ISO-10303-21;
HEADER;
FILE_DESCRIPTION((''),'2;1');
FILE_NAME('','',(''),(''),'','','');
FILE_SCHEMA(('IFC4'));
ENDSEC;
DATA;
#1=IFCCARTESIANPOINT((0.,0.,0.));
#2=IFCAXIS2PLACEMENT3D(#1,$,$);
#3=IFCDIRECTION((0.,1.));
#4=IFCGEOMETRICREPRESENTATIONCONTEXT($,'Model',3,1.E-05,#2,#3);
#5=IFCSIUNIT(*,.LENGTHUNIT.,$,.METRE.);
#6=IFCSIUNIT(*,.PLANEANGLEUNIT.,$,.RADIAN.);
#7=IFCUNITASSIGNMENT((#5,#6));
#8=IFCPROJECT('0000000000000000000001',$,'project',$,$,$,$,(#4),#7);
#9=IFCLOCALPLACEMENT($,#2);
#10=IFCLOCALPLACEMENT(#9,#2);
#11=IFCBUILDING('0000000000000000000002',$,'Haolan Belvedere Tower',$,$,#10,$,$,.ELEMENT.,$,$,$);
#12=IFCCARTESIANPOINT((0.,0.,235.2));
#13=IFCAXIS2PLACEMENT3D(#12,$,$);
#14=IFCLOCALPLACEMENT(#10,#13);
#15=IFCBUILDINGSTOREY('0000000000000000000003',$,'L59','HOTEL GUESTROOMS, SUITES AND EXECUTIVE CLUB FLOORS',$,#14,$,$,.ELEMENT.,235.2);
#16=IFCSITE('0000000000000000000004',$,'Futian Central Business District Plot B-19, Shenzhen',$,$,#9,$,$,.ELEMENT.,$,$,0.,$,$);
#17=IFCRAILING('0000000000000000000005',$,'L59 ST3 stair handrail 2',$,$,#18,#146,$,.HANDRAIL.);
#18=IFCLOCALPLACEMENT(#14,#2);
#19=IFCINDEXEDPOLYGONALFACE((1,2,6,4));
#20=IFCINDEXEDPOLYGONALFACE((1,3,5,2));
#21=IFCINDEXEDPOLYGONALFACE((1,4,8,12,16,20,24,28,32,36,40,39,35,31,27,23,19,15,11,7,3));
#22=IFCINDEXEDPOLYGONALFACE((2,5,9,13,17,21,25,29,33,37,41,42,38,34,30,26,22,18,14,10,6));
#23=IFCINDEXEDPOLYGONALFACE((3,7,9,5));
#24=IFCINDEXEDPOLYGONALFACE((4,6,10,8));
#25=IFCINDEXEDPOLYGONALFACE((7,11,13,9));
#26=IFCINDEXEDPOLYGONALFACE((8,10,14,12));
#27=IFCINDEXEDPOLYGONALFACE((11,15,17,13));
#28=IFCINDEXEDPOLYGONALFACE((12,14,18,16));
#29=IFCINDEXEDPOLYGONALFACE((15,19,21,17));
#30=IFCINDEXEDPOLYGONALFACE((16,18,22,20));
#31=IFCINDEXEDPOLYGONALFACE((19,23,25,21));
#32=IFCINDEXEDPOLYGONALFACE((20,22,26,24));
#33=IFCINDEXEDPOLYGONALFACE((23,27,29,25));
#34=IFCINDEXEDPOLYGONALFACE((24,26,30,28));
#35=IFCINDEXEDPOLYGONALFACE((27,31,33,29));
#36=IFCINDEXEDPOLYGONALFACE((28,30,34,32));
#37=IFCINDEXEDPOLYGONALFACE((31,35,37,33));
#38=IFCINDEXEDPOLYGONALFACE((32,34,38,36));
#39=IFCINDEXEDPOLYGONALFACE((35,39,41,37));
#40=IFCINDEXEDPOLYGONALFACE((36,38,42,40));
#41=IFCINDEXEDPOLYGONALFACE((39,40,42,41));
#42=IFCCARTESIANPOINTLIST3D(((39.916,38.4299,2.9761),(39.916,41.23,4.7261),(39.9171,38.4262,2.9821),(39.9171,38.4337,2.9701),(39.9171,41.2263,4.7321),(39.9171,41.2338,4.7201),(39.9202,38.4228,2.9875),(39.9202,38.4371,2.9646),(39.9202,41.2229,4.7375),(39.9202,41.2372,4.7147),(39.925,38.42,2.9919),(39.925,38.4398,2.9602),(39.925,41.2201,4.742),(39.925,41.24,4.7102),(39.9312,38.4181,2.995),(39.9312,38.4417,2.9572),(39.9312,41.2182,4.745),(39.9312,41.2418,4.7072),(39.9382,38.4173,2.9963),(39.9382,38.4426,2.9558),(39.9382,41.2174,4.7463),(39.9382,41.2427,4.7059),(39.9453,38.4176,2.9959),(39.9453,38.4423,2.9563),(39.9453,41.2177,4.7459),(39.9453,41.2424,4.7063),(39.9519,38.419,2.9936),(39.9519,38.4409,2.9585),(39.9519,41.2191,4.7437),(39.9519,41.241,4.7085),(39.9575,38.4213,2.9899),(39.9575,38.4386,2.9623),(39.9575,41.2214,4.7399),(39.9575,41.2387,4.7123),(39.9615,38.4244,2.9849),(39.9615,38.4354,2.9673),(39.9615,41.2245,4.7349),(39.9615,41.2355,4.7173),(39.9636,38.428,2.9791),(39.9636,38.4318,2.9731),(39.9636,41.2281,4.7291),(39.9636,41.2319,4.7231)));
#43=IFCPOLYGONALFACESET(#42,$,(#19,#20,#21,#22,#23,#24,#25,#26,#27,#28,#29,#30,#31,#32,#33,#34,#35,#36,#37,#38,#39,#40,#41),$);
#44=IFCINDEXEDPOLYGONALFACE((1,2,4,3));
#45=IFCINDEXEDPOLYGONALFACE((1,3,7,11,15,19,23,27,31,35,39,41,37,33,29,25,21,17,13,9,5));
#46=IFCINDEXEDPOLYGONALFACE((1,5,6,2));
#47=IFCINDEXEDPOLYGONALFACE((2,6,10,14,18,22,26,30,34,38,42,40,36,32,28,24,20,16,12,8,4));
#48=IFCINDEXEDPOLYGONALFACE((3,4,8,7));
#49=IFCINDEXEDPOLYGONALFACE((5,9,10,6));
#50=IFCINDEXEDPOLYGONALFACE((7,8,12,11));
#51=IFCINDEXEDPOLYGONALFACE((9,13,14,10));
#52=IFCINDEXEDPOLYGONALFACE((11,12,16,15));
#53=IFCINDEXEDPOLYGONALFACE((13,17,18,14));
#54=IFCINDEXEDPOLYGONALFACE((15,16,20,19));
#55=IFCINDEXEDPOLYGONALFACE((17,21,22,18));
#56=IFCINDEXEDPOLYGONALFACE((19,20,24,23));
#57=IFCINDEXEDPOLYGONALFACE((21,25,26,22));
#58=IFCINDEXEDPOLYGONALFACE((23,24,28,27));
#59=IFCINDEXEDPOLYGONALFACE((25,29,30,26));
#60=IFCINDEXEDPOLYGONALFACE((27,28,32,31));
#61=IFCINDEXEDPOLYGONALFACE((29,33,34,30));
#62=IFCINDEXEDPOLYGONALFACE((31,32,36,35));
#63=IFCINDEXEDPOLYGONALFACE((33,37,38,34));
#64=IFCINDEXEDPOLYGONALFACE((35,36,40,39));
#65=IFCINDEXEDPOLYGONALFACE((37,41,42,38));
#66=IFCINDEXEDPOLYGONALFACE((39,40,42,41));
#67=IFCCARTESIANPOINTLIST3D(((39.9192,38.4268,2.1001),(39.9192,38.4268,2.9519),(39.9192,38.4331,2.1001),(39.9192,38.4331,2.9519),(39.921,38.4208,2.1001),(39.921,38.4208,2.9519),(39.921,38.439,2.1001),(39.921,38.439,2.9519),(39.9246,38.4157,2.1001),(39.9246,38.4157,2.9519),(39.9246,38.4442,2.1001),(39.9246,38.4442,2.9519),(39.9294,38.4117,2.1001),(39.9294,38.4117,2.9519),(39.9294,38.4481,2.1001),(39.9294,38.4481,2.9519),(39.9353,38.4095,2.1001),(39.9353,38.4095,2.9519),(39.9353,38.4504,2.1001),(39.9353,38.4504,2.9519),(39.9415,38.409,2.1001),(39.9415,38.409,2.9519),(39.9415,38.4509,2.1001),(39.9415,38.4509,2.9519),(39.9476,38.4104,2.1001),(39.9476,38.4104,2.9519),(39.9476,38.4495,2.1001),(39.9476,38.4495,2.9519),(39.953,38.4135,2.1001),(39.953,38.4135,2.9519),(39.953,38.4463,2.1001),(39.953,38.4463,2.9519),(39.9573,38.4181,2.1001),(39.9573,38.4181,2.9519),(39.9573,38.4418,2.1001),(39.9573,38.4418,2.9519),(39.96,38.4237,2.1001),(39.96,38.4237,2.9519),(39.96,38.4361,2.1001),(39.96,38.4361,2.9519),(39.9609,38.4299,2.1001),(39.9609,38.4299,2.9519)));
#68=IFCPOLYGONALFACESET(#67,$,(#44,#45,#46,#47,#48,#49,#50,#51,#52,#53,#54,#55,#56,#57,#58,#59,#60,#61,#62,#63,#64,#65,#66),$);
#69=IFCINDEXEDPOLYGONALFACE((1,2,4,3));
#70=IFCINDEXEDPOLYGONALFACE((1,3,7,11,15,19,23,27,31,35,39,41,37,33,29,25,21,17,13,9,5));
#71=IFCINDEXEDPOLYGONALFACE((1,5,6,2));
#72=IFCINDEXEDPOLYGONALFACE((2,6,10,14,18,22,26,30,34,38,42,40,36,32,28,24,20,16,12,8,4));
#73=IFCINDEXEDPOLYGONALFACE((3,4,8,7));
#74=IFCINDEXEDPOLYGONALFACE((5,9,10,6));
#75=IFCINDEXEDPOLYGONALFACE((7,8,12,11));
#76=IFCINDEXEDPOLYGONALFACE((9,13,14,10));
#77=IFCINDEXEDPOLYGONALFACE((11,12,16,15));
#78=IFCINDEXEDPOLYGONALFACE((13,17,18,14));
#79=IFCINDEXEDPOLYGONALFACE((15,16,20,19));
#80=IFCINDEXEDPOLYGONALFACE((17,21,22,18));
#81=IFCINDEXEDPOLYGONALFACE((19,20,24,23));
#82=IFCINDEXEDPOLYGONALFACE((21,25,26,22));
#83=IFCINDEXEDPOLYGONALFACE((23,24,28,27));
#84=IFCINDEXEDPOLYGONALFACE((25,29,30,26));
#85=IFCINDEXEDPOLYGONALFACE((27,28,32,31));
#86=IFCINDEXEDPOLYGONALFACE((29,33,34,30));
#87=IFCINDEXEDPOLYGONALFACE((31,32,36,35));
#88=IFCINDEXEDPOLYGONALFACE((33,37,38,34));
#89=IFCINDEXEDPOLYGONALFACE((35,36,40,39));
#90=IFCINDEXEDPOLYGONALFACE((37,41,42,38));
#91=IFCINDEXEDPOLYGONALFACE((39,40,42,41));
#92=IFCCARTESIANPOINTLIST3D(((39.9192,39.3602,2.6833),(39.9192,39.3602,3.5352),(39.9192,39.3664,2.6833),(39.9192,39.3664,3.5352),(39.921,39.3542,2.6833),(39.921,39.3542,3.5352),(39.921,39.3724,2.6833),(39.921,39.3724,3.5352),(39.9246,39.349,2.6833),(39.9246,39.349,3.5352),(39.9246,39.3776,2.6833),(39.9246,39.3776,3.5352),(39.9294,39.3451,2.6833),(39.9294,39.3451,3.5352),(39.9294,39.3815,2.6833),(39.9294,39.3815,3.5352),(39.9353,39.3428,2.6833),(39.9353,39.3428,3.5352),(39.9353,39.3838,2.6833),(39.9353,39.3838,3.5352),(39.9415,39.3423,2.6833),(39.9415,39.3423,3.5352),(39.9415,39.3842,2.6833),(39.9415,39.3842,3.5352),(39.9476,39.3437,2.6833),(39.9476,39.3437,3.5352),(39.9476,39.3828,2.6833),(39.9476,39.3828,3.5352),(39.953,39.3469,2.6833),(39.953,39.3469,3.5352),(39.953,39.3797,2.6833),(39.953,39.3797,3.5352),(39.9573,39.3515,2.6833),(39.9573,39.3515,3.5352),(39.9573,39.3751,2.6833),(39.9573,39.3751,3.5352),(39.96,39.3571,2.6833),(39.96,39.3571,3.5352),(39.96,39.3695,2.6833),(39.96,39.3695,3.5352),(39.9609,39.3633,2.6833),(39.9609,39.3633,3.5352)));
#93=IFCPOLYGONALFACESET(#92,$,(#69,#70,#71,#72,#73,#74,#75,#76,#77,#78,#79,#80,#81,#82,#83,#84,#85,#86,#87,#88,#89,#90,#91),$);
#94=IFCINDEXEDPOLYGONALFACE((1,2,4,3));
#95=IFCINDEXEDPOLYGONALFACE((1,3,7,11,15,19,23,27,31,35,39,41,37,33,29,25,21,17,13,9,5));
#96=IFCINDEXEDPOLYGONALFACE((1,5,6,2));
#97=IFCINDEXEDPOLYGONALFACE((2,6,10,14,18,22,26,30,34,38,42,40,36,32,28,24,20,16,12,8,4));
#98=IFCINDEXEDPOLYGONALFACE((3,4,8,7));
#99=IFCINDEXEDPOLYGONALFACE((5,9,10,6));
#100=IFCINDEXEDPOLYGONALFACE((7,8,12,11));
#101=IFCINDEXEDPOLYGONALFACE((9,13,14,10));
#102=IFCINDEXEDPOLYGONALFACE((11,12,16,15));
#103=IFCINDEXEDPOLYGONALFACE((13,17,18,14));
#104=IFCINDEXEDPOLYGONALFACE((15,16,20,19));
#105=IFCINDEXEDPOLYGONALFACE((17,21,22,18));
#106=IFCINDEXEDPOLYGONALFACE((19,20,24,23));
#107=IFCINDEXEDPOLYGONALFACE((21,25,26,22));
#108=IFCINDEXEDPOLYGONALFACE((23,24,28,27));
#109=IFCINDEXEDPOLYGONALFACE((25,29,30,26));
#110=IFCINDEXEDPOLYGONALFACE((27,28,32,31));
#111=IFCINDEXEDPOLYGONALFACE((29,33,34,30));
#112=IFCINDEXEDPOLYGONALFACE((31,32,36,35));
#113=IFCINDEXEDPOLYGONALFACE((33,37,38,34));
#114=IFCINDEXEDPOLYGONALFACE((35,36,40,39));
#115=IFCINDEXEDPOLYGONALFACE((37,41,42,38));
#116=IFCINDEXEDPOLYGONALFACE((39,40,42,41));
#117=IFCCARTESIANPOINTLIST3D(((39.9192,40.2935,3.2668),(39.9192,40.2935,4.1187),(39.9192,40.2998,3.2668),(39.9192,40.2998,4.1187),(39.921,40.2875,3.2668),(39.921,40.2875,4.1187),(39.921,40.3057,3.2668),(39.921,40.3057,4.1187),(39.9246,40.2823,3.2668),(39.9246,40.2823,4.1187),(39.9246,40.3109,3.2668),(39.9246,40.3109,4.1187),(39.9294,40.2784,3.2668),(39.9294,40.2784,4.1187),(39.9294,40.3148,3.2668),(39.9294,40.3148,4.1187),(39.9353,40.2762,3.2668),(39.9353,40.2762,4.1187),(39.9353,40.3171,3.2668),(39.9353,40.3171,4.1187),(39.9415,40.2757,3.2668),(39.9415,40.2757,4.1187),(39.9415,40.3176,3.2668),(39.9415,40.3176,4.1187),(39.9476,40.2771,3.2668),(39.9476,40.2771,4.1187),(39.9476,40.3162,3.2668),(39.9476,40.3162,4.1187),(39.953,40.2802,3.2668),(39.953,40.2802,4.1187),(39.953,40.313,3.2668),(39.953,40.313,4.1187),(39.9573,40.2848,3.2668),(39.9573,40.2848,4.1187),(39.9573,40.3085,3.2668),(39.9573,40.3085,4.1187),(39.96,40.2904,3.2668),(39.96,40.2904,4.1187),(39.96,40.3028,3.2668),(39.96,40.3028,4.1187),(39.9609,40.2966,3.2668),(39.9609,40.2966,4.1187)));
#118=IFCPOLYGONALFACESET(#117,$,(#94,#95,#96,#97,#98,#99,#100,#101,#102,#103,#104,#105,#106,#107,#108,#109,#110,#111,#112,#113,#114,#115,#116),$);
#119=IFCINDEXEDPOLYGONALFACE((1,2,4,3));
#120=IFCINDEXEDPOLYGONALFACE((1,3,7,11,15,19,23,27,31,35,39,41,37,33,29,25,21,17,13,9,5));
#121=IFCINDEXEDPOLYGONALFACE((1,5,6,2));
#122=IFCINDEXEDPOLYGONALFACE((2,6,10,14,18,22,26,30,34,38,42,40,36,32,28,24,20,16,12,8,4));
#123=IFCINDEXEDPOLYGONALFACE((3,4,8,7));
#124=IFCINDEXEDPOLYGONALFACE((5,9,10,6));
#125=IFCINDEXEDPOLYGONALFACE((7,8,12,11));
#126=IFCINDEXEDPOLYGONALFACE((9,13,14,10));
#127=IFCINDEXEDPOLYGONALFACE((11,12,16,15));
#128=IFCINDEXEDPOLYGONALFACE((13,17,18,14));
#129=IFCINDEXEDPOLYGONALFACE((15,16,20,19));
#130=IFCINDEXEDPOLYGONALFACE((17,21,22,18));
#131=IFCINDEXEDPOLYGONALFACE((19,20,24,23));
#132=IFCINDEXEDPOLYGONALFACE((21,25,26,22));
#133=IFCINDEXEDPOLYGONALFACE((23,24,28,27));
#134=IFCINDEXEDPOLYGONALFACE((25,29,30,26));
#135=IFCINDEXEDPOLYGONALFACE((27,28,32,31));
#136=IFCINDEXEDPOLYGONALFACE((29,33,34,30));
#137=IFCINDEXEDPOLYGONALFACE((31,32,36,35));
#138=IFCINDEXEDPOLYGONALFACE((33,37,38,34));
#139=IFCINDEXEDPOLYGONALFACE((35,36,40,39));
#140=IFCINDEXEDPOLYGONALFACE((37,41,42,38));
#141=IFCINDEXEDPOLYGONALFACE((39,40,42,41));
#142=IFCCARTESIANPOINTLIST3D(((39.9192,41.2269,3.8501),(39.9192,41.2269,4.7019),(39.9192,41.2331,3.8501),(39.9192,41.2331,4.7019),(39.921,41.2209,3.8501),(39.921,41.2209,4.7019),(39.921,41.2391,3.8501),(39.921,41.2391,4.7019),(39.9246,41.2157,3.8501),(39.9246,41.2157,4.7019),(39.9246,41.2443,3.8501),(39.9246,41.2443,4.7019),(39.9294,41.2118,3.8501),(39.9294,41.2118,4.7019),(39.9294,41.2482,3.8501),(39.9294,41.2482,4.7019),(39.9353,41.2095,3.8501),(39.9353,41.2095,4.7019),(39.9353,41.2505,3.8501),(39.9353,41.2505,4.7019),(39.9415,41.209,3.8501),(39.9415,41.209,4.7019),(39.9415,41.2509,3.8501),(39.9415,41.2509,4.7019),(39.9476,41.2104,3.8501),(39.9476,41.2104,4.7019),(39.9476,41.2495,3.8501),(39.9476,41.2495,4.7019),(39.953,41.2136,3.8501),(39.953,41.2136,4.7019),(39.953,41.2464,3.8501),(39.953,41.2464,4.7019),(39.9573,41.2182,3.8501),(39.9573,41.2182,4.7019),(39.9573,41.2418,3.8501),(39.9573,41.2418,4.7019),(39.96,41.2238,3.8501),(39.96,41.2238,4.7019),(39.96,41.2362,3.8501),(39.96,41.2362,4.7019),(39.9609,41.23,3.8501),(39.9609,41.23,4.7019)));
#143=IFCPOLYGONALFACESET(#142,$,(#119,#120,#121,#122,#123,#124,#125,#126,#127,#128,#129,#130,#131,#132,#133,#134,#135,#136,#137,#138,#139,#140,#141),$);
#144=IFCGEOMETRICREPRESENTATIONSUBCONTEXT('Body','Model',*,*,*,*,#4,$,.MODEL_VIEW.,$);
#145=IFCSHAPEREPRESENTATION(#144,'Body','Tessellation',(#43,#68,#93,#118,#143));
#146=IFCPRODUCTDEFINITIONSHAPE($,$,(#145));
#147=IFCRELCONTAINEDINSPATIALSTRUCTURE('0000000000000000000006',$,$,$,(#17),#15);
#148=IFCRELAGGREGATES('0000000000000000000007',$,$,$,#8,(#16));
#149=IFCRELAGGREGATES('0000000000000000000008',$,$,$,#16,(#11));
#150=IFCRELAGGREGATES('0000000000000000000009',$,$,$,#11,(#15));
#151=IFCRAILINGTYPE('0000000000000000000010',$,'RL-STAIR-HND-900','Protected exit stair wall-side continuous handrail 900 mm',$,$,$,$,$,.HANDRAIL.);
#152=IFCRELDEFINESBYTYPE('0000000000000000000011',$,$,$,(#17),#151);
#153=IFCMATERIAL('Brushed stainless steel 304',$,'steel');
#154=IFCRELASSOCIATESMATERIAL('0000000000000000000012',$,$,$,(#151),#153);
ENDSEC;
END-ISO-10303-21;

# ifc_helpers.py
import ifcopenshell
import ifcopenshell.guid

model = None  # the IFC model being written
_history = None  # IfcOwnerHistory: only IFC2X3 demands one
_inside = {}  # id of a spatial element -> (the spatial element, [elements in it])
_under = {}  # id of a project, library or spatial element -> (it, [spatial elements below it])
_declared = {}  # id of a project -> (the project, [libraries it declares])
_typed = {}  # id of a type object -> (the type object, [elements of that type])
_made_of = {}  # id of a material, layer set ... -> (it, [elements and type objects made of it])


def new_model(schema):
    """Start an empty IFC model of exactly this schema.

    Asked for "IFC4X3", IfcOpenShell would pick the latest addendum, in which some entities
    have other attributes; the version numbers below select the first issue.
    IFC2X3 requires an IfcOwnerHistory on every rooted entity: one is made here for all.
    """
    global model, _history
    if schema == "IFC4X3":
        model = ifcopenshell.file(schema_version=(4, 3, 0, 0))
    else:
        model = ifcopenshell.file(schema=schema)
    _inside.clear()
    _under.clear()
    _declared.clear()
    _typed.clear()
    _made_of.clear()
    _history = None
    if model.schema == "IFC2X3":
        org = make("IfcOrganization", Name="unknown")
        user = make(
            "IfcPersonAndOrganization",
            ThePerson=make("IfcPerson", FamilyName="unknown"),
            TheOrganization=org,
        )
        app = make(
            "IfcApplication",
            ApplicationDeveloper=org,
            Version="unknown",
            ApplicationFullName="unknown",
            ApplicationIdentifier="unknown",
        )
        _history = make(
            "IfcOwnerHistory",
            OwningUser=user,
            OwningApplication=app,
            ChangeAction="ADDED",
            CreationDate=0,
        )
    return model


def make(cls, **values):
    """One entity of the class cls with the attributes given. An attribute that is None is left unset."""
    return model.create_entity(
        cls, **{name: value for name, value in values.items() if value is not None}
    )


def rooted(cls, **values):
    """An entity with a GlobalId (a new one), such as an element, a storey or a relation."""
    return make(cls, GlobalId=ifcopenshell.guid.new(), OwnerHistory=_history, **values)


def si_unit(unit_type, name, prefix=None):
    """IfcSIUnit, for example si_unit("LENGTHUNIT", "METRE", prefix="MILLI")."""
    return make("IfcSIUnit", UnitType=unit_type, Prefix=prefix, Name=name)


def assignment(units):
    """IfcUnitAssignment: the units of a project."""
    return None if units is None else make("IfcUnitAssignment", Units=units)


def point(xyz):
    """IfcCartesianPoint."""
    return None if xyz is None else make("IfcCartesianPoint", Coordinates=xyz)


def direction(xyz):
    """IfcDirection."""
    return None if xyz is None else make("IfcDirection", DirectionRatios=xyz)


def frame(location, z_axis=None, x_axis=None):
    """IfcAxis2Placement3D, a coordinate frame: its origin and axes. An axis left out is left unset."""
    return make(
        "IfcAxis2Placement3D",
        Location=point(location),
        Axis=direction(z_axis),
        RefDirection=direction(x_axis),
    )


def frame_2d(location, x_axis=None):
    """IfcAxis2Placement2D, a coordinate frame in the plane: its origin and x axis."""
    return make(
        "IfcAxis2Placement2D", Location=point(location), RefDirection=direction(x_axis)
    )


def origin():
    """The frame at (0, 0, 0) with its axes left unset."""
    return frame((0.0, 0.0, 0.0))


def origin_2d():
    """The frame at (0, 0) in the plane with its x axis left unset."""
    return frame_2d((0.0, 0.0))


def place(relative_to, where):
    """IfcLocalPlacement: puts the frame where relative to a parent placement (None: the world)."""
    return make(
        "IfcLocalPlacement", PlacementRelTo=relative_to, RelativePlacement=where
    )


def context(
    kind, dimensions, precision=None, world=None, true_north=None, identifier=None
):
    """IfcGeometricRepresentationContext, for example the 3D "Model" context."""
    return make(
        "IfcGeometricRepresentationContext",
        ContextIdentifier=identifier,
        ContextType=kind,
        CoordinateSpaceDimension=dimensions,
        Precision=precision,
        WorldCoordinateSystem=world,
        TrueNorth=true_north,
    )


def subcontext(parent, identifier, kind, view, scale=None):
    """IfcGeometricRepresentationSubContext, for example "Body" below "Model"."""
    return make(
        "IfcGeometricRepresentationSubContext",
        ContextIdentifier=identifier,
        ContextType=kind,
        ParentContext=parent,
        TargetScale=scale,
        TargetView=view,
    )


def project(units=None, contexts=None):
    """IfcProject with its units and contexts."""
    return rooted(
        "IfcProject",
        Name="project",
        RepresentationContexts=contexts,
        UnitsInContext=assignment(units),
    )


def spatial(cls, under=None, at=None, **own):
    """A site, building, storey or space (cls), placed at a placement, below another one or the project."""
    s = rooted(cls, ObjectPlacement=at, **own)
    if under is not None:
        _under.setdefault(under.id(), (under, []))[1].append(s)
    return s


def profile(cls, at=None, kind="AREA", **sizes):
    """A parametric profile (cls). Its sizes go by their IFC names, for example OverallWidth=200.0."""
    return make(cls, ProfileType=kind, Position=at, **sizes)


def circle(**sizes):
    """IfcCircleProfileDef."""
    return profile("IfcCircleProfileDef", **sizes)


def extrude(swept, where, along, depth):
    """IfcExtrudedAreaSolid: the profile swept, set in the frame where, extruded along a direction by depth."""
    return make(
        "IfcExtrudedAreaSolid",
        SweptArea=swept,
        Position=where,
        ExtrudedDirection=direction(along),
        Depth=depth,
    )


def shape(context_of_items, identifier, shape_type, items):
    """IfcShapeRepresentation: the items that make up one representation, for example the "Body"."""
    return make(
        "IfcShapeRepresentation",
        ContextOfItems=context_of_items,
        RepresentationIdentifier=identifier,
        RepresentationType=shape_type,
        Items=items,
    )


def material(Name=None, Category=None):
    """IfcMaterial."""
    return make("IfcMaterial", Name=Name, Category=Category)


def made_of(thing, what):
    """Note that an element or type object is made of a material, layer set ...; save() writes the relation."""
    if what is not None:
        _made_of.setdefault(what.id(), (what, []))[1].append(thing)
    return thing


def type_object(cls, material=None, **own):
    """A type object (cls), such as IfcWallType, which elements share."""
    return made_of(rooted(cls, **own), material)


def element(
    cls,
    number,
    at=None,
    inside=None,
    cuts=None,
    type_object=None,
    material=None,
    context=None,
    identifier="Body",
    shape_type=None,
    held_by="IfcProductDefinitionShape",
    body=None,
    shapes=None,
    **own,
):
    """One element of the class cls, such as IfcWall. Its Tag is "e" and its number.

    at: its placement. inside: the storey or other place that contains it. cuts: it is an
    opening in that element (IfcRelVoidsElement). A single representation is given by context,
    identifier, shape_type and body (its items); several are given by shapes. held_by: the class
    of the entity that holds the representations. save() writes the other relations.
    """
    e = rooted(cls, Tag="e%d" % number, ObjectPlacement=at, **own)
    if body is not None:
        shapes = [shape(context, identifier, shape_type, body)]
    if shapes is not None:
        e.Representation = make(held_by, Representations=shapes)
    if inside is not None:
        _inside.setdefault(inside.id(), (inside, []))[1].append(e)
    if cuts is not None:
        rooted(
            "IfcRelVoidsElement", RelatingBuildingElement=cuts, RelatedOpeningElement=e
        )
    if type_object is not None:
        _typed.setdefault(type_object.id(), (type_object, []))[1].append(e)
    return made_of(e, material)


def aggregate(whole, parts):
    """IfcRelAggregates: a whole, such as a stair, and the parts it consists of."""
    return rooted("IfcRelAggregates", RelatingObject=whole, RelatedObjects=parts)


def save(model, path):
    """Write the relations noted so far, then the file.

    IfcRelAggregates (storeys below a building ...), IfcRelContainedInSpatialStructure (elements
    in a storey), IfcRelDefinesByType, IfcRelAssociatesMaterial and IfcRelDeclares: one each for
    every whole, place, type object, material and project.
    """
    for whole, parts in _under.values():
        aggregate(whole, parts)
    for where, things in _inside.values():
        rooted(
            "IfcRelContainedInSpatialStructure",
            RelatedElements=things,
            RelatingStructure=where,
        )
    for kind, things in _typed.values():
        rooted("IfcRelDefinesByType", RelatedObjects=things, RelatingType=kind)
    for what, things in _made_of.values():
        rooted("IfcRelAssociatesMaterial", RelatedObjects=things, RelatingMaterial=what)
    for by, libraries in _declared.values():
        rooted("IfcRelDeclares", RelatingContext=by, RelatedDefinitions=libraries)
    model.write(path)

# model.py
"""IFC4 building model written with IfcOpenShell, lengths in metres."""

from ifc_helpers import new_model, si_unit, direction, frame, origin, origin_2d, place, context, subcontext, project, spatial, circle, extrude, material, type_object, element, save


model = new_model("IFC4")

# Units and contexts
model_context = context("Model", 3, precision=1e-05, world=origin(), true_north=direction((0.0, 1.0)))
body_context = subcontext(model_context, "Body", "Model", "MODEL_VIEW")
ifc_project = project(units=[si_unit("LENGTHUNIT", "METRE"), si_unit("PLANEANGLEUNIT", "RADIAN")], contexts=[model_context])

# Site, building, storey
site_placement = place(None, origin())
site = spatial("IfcSite", under=ifc_project, at=site_placement, Name="Futian Central Business District Plot B-19, Shenzhen", CompositionType="ELEMENT", RefElevation=0.0)
building_placement = place(site_placement, origin())
building = spatial("IfcBuilding", under=site, at=building_placement, Name="Haolan Belvedere Tower", CompositionType="ELEMENT")
storey_placement = place(building_placement, frame((0.0, 0.0, 235.2)))
storey = spatial("IfcBuildingStorey", under=building, at=storey_placement, Name="L59", Description="HOTEL GUESTROOMS, SUITES AND EXECUTIVE CLUB FLOORS", CompositionType="ELEMENT", Elevation=235.2)

# Railing
ifc_material_1 = material(Name="Brushed stainless steel 304", Category="steel")
railing_type_1 = type_object("IfcRailingType", Name="RL-STAIR-HND-900", Description="Protected exit stair wall-side continuous handrail 900 mm", PredefinedType="HANDRAIL", material=ifc_material_1)
railing_1_placement = place(storey_placement, frame((39.9399, 38.4299, 2.1001)))
element("IfcRailing", 1, at=railing_1_placement, inside=storey, type_object=railing_type_1, Name="L59 ST3 stair handrail 2", PredefinedType="HANDRAIL", context=body_context, shape_type="SweptSolid", body=[
    extrude(circle(Radius=0.0239, at=origin_2d()), frame((0.0, 0.0, 0.876), z_axis=(0.0, 0.848002, 0.529992), x_axis=(-1.0, 0.0, 0.0)), (0.0, 0.0, 1.0), 3.302),
    extrude(circle(Radius=0.021, at=origin_2d()), origin(), (0.0, 0.0, 1.0), 0.8518),
    extrude(circle(Radius=0.021, at=origin_2d()), frame((0.0, 0.9333, 0.5833)), (0.0, 0.0, 1.0), 0.8518),
    extrude(circle(Radius=0.021, at=origin_2d()), frame((0.0, 1.8667, 1.1667)), (0.0, 0.0, 1.0), 0.8518),
    extrude(circle(Radius=0.021, at=origin_2d()), frame((0.0, 2.8, 1.75)), (0.0, 0.0, 1.0), 0.8518),
])

save(model, "model.ifc")
